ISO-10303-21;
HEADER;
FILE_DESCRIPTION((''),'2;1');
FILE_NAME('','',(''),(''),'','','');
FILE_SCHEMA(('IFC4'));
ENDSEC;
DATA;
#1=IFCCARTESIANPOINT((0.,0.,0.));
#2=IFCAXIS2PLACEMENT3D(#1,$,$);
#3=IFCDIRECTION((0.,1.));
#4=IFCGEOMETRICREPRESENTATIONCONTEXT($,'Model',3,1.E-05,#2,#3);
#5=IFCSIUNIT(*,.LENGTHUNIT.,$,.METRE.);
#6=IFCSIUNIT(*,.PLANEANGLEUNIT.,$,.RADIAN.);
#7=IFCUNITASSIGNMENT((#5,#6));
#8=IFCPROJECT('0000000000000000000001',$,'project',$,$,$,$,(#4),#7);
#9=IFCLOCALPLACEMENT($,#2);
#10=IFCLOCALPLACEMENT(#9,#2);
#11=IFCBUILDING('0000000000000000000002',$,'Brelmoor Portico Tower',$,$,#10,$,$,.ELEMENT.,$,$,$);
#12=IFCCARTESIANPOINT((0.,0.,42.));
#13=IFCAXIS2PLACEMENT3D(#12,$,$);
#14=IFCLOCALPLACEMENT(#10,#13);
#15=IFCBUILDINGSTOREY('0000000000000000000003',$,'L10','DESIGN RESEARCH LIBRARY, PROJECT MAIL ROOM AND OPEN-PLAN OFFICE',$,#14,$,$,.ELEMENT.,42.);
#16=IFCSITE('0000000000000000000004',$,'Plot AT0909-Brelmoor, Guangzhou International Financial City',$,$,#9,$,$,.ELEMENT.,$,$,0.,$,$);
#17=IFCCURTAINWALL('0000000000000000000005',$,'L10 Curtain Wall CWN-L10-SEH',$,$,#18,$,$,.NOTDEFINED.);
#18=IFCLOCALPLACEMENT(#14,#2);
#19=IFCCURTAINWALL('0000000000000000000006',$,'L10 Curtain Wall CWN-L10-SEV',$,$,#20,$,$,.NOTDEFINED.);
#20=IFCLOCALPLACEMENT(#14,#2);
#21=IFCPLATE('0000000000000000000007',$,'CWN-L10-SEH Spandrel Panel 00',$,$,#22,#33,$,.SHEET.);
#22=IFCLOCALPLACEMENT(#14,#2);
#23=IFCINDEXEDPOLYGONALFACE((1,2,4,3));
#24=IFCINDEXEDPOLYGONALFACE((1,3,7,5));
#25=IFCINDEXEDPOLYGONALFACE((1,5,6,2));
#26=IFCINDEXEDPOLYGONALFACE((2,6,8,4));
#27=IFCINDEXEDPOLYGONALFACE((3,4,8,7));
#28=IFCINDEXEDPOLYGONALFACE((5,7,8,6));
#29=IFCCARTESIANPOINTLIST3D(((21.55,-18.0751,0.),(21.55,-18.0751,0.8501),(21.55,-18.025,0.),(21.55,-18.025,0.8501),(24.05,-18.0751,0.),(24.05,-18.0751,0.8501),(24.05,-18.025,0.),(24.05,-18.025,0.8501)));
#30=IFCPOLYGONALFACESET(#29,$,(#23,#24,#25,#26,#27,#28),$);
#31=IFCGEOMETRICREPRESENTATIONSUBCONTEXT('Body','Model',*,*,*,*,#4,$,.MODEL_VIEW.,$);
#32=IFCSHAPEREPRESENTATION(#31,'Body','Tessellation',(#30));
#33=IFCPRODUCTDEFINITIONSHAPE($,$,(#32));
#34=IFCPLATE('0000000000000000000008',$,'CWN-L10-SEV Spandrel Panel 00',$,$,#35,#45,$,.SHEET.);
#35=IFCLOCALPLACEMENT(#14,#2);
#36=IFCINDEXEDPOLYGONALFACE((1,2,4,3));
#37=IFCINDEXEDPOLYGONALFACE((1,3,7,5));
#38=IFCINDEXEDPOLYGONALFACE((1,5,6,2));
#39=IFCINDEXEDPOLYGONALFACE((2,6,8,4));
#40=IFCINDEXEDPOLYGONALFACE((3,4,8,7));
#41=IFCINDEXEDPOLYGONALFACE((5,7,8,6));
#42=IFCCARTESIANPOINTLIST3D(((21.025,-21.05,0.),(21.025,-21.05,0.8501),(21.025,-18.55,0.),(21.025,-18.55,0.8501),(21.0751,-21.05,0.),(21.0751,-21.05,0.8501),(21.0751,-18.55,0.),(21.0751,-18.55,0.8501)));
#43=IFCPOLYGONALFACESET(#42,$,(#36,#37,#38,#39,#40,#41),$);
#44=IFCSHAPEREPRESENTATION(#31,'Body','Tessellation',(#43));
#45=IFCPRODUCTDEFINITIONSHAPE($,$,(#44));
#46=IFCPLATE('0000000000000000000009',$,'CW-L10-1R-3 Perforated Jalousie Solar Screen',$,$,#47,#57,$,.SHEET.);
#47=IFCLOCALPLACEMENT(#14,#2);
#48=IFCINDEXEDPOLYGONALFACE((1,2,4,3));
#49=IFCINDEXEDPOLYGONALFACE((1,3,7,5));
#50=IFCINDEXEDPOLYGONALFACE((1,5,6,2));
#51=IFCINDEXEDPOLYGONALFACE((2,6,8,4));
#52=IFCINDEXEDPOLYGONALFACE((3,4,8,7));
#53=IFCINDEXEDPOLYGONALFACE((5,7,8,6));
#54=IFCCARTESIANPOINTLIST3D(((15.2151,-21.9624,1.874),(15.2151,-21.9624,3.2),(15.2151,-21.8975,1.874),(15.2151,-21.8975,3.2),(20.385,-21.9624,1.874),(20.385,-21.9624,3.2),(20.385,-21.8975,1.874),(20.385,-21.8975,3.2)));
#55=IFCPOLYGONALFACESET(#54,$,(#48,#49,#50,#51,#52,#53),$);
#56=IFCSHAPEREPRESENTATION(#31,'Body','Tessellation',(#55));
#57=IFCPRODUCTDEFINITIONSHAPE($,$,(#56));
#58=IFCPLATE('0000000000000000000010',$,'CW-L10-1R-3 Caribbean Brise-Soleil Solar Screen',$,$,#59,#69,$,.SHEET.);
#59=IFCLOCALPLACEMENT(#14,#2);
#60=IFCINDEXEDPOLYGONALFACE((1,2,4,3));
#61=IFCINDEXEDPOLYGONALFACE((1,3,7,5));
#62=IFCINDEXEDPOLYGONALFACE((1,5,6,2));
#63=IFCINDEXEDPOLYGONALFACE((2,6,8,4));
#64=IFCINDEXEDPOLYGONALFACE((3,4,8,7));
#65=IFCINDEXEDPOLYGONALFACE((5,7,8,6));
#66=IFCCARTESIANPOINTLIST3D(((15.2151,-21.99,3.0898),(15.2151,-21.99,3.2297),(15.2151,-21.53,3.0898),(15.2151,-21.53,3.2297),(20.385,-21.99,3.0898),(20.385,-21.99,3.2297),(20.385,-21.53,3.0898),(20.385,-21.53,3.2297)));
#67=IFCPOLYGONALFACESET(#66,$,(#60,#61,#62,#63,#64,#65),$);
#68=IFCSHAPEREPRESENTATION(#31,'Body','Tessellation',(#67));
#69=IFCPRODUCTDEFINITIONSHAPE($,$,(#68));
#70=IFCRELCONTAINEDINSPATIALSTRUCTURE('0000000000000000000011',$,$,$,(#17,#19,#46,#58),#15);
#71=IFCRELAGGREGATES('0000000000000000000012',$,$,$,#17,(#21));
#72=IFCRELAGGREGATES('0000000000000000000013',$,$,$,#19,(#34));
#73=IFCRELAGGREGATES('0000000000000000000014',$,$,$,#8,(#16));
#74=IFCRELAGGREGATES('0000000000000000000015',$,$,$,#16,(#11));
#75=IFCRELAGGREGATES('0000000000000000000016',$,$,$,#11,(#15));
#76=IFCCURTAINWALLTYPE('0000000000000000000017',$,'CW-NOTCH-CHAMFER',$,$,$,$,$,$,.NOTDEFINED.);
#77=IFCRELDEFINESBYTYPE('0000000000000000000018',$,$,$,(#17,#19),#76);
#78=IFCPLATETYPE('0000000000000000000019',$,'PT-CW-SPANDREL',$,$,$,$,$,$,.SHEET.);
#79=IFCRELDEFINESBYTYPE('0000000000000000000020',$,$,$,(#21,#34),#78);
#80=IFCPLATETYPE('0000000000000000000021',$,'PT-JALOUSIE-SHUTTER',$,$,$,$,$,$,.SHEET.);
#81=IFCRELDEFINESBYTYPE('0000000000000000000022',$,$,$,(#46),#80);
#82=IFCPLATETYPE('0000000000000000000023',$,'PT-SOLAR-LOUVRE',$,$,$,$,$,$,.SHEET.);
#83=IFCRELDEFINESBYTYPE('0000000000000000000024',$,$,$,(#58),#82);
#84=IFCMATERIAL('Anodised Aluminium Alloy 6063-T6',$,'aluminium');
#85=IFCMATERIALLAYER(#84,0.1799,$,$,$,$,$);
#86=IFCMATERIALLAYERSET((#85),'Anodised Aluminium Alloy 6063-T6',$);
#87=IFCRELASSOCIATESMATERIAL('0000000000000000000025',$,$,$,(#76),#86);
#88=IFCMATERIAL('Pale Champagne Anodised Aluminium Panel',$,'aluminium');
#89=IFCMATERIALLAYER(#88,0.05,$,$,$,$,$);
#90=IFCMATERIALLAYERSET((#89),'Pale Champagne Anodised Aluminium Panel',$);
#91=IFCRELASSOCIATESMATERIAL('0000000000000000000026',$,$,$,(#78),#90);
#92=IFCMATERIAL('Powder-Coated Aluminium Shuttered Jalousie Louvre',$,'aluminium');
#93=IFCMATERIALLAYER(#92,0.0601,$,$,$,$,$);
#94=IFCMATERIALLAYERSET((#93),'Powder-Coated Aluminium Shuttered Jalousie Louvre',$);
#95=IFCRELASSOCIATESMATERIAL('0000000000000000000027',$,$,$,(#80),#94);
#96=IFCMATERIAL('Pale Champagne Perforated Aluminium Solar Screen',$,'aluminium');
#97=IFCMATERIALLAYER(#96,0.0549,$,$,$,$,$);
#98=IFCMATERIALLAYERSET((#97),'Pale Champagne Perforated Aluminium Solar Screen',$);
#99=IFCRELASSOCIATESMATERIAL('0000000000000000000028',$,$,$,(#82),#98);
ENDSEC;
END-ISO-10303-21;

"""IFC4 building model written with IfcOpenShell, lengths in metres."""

from ifc_helpers import new_model, si_unit, direction, frame, origin, origin_2d, place, context, subcontext, project, spatial, rectangle, extrude, material, layer, layer_set, type_object, element, aggregate, save


model = new_model("IFC4")

# Units and contexts
model_context = context("Model", 3, precision=1e-05, world=origin(), true_north=direction((0.0, 1.0)))
body_context = subcontext(model_context, "Body", "Model", "MODEL_VIEW")
ifc_project = project(units=[si_unit("LENGTHUNIT", "METRE"), si_unit("PLANEANGLEUNIT", "RADIAN")], contexts=[model_context])

# Site, building, storey
site_placement = place(None, origin())
site = spatial("IfcSite", under=ifc_project, at=site_placement, Name="Plot AT0909-Brelmoor, Guangzhou International Financial City", CompositionType="ELEMENT", RefElevation=0.0)
building_placement = place(site_placement, origin())
building = spatial("IfcBuilding", under=site, at=building_placement, Name="Brelmoor Portico Tower", CompositionType="ELEMENT")
storey_placement = place(building_placement, frame((0.0, 0.0, 42.0)))
storey = spatial("IfcBuildingStorey", under=building, at=storey_placement, Name="L10", Description="DESIGN RESEARCH LIBRARY, PROJECT MAIL ROOM AND OPEN-PLAN OFFICE", CompositionType="ELEMENT", Elevation=42.0)

# Curtain walls
ifc_material_1 = material(Name="Anodised Aluminium Alloy 6063-T6", Category="aluminium")
ifc_layer_1 = layer(ifc_material_1, 0.1799)
ifc_layer_set_1 = layer_set([ifc_layer_1], Name="Anodised Aluminium Alloy 6063-T6")
curtain_wall_type_1 = type_object("IfcCurtainWallType", Name="CW-NOTCH-CHAMFER", PredefinedType="NOTDEFINED", material=ifc_layer_set_1)
curtain_wall_1_placement = place(storey_placement, origin())
curtain_wall_1 = element("IfcCurtainWall", 1, at=curtain_wall_1_placement, inside=storey, type_object=curtain_wall_type_1, Name="L10 Curtain Wall CWN-L10-SEH", PredefinedType="NOTDEFINED")
curtain_wall_2_placement = place(storey_placement, origin())
curtain_wall_2 = element("IfcCurtainWall", 2, at=curtain_wall_2_placement, inside=storey, type_object=curtain_wall_type_1, Name="L10 Curtain Wall CWN-L10-SEV", PredefinedType="NOTDEFINED")

# Plates
ifc_material_2 = material(Name="Pale Champagne Anodised Aluminium Panel", Category="aluminium")
ifc_layer_2 = layer(ifc_material_2, 0.05)
ifc_layer_set_2 = layer_set([ifc_layer_2], Name="Pale Champagne Anodised Aluminium Panel")
plate_type_1 = type_object("IfcPlateType", Name="PT-CW-SPANDREL", PredefinedType="SHEET", material=ifc_layer_set_2)
plate_1_placement = place(storey_placement, frame((22.8, -18.05, 0.0), z_axis=(0.0, 0.0, 1.0), x_axis=(1.0, 0.0, 0.0)))
plate_1 = element("IfcPlate", 3, at=plate_1_placement, type_object=plate_type_1, Name="CWN-L10-SEH Spandrel Panel 00", PredefinedType="SHEET", context=body_context, shape_type="SweptSolid", body=[
    extrude(rectangle(XDim=2.5, YDim=0.05, at=origin_2d()), origin(), (0.0, 0.0, 1.0), 0.8501),
])
aggregate(curtain_wall_1, [plate_1])
plate_2_placement = place(storey_placement, frame((21.05, -19.8, 0.0), z_axis=(0.0, 0.0, 1.0), x_axis=(0.0, 1.0, 0.0)))
plate_2 = element("IfcPlate", 4, at=plate_2_placement, type_object=plate_type_1, Name="CWN-L10-SEV Spandrel Panel 00", PredefinedType="SHEET", context=body_context, shape_type="SweptSolid", body=[
    extrude(rectangle(XDim=2.5, YDim=0.05, at=origin_2d()), origin(), (0.0, 0.0, 1.0), 0.8501),
])
aggregate(curtain_wall_2, [plate_2])

# Plates
ifc_material_3 = material(Name="Powder-Coated Aluminium Shuttered Jalousie Louvre", Category="aluminium")
ifc_layer_3 = layer(ifc_material_3, 0.0601)
ifc_layer_set_3 = layer_set([ifc_layer_3], Name="Powder-Coated Aluminium Shuttered Jalousie Louvre")
plate_type_2 = type_object("IfcPlateType", Name="PT-JALOUSIE-SHUTTER", PredefinedType="SHEET", material=ifc_layer_set_3)
plate_3_placement = place(storey_placement, frame((17.8, -21.9299, 1.874), z_axis=(0.0, 0.0, 1.0), x_axis=(1.0, 0.0, 0.0)))
element("IfcPlate", 5, at=plate_3_placement, inside=storey, type_object=plate_type_2, Name="CW-L10-1R-3 Perforated Jalousie Solar Screen", PredefinedType="SHEET", context=body_context, shape_type="SweptSolid", body=[
    extrude(rectangle(XDim=5.1699, YDim=0.0649, at=origin_2d()), origin(), (0.0, 0.0, 1.0), 1.3259),
])
ifc_material_4 = material(Name="Pale Champagne Perforated Aluminium Solar Screen", Category="aluminium")
ifc_layer_4 = layer(ifc_material_4, 0.0549)
ifc_layer_set_4 = layer_set([ifc_layer_4], Name="Pale Champagne Perforated Aluminium Solar Screen")
plate_type_3 = type_object("IfcPlateType", Name="PT-SOLAR-LOUVRE", PredefinedType="SHEET", material=ifc_layer_set_4)
plate_4_placement = place(storey_placement, frame((17.8, -21.76, 3.0898), z_axis=(0.0, 0.0, 1.0), x_axis=(1.0, 0.0, 0.0)))
element("IfcPlate", 6, at=plate_4_placement, inside=storey, type_object=plate_type_3, Name="CW-L10-1R-3 Caribbean Brise-Soleil Solar Screen", PredefinedType="SHEET", context=body_context, shape_type="SweptSolid", body=[
    extrude(rectangle(XDim=5.1699, YDim=0.46, at=origin_2d()), origin(), (0.0, 0.0, 1.0), 0.1399),
])

save(model, "model.ifc")
